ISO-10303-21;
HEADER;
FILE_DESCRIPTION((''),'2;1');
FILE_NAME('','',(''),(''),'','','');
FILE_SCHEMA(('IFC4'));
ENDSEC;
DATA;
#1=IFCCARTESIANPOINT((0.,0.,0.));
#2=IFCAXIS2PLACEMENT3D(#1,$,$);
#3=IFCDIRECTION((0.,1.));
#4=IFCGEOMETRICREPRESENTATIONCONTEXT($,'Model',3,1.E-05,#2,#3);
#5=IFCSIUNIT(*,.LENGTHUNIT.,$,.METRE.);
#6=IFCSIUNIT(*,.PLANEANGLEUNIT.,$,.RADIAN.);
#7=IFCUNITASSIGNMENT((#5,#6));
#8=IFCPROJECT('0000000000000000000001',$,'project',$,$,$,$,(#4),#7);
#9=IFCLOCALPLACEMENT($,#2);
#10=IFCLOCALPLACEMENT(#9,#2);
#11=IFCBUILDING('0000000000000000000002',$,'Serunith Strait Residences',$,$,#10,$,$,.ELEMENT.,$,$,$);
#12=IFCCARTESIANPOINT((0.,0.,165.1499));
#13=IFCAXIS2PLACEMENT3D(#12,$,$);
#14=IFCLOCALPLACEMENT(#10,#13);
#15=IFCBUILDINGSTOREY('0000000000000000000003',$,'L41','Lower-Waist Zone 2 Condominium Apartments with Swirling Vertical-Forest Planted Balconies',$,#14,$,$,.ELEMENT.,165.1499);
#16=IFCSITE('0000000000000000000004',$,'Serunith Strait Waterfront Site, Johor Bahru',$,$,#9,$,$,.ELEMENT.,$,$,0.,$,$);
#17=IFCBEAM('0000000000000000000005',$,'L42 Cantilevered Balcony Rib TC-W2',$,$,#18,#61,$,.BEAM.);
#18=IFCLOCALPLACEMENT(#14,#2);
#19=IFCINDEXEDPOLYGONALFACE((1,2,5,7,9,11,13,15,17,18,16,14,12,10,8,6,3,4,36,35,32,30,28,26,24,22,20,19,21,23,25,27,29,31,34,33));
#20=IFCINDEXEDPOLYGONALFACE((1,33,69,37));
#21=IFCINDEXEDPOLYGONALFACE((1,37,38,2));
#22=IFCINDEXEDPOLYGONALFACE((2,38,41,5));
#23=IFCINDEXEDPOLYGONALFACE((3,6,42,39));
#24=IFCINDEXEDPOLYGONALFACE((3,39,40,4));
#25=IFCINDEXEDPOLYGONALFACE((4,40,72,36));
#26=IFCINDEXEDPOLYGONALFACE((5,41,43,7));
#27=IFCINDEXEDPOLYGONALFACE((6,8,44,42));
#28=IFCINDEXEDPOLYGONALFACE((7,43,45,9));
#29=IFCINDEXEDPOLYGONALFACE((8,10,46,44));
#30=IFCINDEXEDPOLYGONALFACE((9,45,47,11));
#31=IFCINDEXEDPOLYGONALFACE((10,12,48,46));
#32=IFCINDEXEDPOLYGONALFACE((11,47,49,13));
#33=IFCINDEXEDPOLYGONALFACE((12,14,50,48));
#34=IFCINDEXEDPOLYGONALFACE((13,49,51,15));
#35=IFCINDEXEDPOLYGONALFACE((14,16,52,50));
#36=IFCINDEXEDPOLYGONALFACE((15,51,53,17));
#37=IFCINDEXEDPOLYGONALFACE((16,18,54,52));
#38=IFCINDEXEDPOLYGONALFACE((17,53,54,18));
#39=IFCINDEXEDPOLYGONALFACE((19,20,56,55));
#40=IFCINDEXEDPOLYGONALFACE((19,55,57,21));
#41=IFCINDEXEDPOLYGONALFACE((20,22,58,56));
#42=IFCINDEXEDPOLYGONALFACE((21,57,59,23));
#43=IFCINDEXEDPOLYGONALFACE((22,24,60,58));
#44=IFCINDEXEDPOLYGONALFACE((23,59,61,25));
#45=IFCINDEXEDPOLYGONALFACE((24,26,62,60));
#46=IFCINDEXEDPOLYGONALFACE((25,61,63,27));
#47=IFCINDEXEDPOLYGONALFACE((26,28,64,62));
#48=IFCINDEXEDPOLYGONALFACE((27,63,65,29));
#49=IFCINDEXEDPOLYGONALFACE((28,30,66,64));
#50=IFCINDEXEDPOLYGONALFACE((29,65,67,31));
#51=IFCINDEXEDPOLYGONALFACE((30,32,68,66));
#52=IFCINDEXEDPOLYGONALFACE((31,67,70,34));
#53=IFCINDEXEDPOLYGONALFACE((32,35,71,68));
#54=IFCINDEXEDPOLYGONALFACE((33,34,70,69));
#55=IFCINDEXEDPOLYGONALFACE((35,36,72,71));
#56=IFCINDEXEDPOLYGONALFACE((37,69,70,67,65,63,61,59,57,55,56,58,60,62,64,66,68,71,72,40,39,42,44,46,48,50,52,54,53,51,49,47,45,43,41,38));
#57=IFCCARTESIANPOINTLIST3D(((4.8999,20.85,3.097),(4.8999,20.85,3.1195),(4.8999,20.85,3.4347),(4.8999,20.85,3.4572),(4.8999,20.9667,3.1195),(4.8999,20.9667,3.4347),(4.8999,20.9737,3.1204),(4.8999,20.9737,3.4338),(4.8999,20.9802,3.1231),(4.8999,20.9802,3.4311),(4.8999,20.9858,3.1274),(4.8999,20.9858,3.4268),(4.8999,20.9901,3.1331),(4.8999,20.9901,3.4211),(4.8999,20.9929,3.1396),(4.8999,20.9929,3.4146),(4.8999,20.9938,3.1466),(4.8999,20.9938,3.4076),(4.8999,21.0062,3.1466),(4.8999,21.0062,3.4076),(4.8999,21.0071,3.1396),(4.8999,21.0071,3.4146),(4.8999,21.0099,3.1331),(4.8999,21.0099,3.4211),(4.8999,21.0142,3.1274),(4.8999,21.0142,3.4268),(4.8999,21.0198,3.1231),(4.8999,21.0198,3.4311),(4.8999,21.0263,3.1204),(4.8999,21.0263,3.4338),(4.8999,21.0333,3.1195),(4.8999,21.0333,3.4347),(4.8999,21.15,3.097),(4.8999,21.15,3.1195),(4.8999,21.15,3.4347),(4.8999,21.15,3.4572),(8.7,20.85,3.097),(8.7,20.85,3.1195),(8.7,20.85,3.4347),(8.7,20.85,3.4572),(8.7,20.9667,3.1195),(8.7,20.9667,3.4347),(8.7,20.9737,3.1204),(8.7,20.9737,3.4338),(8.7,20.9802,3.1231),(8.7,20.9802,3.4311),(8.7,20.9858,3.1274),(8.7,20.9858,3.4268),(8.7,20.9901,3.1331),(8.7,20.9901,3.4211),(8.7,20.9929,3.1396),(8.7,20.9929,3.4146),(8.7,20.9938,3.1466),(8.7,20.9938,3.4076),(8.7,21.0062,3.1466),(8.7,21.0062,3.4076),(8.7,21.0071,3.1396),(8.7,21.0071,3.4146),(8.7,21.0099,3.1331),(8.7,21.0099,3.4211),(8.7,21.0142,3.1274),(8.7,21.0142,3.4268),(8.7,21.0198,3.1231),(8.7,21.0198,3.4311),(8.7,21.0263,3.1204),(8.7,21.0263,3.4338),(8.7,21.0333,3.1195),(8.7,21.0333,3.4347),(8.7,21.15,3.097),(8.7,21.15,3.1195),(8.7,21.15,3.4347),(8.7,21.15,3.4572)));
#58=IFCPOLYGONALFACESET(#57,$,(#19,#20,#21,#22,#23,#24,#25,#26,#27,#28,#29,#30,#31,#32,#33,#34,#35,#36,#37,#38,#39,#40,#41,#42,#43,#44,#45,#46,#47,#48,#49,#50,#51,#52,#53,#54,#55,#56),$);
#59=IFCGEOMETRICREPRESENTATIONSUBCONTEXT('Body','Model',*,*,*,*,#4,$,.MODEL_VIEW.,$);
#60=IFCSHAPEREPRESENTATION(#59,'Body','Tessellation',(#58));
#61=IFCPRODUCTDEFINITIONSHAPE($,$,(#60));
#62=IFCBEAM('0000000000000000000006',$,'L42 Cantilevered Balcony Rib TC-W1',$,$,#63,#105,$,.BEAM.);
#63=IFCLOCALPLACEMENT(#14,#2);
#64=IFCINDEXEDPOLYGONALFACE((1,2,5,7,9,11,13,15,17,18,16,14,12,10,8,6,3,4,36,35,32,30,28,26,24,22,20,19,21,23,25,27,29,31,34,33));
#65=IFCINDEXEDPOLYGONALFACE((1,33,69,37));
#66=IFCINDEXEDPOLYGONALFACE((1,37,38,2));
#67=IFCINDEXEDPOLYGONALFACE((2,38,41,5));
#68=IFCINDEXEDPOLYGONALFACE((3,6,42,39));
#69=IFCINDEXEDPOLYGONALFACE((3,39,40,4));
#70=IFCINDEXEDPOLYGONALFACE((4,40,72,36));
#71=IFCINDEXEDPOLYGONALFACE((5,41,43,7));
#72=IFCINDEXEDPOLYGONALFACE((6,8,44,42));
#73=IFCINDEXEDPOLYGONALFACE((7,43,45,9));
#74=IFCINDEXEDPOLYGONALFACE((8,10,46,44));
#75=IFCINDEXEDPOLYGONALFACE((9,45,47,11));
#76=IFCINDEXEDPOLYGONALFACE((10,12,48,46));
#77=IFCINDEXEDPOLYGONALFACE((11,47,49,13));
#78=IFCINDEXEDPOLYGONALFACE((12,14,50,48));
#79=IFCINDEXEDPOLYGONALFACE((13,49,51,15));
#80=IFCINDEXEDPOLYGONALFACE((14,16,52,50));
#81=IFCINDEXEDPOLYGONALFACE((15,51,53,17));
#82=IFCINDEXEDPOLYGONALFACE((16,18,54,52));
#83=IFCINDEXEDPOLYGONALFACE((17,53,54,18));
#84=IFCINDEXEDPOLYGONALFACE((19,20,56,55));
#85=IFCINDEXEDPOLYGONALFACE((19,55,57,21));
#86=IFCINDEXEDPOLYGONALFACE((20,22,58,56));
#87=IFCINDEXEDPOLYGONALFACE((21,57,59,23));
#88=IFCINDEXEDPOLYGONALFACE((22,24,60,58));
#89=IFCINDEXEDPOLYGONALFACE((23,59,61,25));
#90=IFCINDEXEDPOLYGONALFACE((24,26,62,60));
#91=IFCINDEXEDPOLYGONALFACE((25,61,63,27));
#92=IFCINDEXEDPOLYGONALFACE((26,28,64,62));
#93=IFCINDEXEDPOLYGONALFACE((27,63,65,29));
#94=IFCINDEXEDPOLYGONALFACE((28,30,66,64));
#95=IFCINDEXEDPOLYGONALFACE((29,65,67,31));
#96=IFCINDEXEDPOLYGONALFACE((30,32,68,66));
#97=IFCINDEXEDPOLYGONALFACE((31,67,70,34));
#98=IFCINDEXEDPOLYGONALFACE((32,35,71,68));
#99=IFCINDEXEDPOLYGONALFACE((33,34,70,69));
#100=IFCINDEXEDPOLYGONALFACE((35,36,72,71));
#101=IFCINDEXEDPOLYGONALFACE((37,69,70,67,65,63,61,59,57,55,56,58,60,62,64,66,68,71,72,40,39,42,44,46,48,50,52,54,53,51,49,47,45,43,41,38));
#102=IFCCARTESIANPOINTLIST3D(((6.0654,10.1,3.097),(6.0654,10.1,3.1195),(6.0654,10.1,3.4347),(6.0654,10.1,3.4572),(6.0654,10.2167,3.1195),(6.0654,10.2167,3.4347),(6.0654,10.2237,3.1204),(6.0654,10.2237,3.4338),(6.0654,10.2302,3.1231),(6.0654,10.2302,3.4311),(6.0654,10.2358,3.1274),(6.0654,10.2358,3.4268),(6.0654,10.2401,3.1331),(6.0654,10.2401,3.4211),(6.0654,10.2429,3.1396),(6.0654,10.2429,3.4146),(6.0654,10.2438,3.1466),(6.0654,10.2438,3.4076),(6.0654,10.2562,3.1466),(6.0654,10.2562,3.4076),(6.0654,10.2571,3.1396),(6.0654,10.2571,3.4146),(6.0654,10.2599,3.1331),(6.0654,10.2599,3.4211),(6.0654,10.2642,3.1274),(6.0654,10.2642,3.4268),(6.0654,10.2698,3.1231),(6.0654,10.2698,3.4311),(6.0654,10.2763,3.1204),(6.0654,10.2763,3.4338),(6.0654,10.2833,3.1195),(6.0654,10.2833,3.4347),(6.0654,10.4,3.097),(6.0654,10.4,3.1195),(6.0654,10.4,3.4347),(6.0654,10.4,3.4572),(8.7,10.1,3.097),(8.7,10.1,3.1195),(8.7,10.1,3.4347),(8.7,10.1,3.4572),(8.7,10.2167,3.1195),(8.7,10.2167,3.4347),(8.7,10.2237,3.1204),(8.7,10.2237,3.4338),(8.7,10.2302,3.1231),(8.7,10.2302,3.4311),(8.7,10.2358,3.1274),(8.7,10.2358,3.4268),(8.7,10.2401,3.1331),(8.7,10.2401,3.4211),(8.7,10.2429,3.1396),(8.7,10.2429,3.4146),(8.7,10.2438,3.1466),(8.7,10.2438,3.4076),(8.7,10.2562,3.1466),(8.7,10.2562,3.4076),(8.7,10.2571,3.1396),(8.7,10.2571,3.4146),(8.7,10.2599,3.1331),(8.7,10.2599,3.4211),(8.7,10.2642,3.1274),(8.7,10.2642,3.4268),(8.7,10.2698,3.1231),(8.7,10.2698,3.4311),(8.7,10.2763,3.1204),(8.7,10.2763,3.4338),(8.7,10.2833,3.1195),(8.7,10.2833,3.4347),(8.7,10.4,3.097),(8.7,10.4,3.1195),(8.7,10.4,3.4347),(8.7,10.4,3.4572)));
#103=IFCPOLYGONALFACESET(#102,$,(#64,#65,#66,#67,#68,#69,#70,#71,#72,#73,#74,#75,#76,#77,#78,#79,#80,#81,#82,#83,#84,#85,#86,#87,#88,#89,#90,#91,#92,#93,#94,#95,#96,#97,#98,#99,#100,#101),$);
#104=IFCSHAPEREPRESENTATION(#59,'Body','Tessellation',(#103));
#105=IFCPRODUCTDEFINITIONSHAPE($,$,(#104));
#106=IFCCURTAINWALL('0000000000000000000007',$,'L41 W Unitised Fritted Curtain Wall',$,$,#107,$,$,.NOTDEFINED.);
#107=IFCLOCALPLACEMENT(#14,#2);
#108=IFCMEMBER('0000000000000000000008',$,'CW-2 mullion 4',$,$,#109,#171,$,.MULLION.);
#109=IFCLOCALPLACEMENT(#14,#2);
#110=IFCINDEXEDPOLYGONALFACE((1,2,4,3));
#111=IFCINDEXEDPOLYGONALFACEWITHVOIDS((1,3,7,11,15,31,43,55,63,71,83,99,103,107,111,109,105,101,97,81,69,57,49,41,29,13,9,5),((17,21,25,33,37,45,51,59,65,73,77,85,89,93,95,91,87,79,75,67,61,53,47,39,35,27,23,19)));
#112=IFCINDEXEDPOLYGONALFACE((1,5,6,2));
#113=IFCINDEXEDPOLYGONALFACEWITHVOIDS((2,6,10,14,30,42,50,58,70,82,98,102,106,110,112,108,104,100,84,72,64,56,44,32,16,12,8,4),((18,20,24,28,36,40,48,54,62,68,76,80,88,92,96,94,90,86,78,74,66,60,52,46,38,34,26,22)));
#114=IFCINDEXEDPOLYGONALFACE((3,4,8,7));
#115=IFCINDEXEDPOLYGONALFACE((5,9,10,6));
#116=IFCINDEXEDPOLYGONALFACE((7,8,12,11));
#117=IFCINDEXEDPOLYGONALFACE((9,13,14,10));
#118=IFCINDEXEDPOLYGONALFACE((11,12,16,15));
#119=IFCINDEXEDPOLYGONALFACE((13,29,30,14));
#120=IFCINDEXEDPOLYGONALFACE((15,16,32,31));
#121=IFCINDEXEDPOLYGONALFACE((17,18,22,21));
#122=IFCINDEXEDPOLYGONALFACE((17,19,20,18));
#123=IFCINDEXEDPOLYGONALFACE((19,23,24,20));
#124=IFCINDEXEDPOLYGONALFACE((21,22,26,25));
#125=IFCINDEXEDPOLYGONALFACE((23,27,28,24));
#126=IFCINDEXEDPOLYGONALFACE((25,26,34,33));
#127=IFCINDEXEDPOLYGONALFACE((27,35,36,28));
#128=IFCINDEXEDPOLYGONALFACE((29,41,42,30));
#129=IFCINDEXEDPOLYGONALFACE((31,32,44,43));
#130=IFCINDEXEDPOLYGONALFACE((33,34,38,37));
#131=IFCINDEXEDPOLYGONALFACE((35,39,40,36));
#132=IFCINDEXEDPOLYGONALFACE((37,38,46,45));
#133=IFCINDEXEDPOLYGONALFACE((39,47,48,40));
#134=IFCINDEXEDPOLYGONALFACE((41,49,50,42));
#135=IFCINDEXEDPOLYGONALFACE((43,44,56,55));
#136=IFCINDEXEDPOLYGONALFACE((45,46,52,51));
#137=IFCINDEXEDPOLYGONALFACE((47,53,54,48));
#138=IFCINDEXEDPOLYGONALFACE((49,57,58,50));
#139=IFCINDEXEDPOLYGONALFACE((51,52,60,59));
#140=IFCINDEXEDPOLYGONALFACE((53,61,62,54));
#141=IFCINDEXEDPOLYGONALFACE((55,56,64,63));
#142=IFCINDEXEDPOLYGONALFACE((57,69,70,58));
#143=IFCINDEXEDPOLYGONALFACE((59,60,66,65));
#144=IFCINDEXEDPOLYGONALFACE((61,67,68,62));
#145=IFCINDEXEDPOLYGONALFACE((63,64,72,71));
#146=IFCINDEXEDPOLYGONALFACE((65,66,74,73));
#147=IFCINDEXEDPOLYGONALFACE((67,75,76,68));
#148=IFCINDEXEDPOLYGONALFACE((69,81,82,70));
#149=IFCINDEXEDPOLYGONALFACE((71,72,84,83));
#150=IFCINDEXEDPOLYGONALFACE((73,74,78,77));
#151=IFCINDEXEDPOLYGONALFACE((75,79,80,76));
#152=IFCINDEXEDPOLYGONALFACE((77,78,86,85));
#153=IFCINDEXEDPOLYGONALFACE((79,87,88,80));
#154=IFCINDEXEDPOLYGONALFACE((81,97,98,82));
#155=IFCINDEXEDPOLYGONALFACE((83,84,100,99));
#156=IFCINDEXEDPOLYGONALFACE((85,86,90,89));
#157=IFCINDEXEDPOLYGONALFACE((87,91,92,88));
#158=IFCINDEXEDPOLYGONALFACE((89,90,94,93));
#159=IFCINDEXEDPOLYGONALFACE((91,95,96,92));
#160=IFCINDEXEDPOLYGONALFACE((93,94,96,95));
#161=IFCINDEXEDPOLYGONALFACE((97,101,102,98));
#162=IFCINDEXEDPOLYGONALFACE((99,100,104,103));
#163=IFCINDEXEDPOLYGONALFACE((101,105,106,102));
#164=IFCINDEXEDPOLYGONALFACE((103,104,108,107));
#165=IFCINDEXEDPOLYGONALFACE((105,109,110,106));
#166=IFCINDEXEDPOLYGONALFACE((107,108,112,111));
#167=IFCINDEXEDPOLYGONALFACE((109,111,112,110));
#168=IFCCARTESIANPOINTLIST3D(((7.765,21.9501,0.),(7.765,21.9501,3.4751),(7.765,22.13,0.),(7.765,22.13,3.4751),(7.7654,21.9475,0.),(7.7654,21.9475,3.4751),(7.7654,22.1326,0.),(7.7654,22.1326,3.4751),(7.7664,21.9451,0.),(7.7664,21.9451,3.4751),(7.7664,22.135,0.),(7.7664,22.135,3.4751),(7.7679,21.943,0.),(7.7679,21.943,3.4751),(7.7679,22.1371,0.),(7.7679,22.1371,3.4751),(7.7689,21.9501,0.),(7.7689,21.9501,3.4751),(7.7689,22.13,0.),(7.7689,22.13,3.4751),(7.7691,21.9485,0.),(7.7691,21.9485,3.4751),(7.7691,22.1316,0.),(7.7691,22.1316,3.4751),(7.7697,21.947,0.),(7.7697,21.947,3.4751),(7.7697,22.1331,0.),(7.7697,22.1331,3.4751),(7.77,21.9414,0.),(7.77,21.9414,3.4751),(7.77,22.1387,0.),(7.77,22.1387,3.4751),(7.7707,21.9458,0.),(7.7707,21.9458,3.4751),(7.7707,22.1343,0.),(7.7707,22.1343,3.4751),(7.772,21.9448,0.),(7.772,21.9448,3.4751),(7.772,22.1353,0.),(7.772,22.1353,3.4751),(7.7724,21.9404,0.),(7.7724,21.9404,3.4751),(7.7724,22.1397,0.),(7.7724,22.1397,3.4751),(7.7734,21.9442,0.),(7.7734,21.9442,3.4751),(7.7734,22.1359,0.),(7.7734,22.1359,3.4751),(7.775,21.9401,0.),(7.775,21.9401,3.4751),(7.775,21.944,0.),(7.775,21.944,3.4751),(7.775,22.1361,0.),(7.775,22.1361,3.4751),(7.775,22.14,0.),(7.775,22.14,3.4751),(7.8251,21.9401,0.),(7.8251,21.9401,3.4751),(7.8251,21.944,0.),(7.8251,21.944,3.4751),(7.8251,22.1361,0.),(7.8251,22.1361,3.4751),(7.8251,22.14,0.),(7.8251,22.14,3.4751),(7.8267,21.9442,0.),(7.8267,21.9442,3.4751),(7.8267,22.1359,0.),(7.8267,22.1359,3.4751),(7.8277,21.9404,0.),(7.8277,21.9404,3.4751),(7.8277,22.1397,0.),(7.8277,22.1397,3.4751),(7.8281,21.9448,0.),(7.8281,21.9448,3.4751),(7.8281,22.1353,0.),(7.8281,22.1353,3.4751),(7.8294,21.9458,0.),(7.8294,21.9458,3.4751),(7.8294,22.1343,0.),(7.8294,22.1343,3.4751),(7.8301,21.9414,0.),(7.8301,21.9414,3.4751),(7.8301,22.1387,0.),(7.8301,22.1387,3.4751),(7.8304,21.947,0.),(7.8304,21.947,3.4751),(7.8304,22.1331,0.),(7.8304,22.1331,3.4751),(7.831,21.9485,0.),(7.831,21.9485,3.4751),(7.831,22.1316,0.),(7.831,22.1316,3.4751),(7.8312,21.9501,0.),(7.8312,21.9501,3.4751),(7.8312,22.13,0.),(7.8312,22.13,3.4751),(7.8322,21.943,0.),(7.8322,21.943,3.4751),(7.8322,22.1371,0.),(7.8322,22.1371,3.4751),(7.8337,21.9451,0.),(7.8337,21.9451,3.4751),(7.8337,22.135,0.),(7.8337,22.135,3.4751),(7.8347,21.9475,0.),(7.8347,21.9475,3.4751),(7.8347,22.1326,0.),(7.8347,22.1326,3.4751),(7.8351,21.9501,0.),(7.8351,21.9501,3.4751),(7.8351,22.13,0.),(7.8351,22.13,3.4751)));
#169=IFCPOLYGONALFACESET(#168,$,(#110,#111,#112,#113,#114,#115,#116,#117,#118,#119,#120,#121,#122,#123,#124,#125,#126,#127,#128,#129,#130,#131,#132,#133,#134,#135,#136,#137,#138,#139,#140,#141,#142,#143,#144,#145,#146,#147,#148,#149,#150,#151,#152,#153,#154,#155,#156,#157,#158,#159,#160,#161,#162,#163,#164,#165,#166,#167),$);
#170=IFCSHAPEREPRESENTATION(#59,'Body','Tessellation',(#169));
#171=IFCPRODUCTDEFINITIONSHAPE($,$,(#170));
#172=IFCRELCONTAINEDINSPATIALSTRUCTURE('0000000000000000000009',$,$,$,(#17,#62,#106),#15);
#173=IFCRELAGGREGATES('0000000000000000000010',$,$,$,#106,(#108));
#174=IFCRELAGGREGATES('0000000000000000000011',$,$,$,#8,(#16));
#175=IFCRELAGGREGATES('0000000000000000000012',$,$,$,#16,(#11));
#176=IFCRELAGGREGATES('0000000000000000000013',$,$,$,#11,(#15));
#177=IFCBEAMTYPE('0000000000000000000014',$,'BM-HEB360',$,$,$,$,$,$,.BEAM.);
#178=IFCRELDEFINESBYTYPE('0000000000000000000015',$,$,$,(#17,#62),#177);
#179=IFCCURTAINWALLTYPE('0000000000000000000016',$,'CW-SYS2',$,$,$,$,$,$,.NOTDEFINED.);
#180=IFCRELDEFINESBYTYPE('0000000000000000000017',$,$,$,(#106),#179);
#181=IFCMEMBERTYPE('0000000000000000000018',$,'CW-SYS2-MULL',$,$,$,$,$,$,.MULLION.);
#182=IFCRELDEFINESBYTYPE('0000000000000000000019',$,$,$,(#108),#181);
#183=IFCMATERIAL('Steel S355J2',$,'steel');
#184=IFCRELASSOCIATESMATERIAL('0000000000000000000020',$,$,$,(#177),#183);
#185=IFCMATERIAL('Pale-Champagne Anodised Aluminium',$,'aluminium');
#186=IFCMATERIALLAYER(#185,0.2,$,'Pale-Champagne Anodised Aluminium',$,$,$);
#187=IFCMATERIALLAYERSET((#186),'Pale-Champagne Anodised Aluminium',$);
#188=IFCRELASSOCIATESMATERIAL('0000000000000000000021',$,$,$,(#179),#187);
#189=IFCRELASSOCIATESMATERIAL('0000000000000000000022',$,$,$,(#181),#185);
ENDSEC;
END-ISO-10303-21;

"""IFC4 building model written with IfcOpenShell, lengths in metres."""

from ifc_helpers import new_model, si_unit, direction, frame, origin, origin_2d, place, context, subcontext, project, spatial, hollow_rectangle, i_section, extrude, source, transform, mapped, material, layer, layer_set, material_profile, profile_set, type_object, element, aggregate, save


model = new_model("IFC4")

# Units and contexts
model_context = context("Model", 3, precision=1e-05, world=origin(), true_north=direction((0.0, 1.0)))
body_context = subcontext(model_context, "Body", "Model", "MODEL_VIEW")
ifc_project = project(units=[si_unit("LENGTHUNIT", "METRE"), si_unit("PLANEANGLEUNIT", "RADIAN")], contexts=[model_context])

# Site, building, storey
site_placement = place(None, origin())
site = spatial("IfcSite", under=ifc_project, at=site_placement, Name="Serunith Strait Waterfront Site, Johor Bahru", CompositionType="ELEMENT", RefElevation=0.0)
building_placement = place(site_placement, origin())
building = spatial("IfcBuilding", under=site, at=building_placement, Name="Serunith Strait Residences", CompositionType="ELEMENT")
storey_placement = place(building_placement, frame((0.0, 0.0, 165.1499)))
storey = spatial("IfcBuildingStorey", under=building, at=storey_placement, Name="L41", Description="Lower-Waist Zone 2 Condominium Apartments with Swirling Vertical-Forest Planted Balconies", CompositionType="ELEMENT", Elevation=165.1499)

# Beams
ifc_material_1 = material(Name="Steel S355J2", Category="steel")
ifc_material_profile_1 = material_profile(ifc_material_1, i_section(OverallWidth=0.3, OverallDepth=0.3601, WebThickness=0.0125, FlangeThickness=0.0225, FilletRadius=0.0271, at=origin_2d()), Name="HEB 360")
ifc_profile_set_1 = profile_set([ifc_material_profile_1], Name="Steel S355J2")
beam_type_1 = type_object("IfcBeamType", Name="BM-HEB360", PredefinedType="BEAM", material=ifc_profile_set_1)
shared_shape_1 = source(origin(), body_context, "Body", "SweptSolid", [
    extrude(i_section(OverallWidth=0.3, OverallDepth=0.3601, WebThickness=0.0125, FlangeThickness=0.0225, FilletRadius=0.0271, at=origin_2d()), origin(), (0.0, 0.0, 1.0), 3.8),
])
beam_1_placement = place(storey_placement, frame((8.7, 21.0, 3.2771), z_axis=(-1.0, 0.0, 0.0), x_axis=(0.0, -1.0, 0.0)))
element("IfcBeam", 1, at=beam_1_placement, inside=storey, type_object=beam_type_1, Name="L42 Cantilevered Balcony Rib TC-W2", PredefinedType="BEAM", context=body_context, shape_type="MappedRepresentation", body=[
    mapped(shared_shape_1, transform((0.0, 0.0, 0.0), scale=1.0)),
])
shared_shape_2 = source(origin(), body_context, "Body", "SweptSolid", [
    extrude(i_section(OverallWidth=0.3, OverallDepth=0.3601, WebThickness=0.0125, FlangeThickness=0.0225, FilletRadius=0.0271, at=origin_2d()), origin(), (0.0, 0.0, 1.0), 2.6345),
])
beam_2_placement = place(storey_placement, frame((8.7, 10.25, 3.2771), z_axis=(-1.0, 0.0, 0.0), x_axis=(0.0, -1.0, 0.0)))
element("IfcBeam", 2, at=beam_2_placement, inside=storey, type_object=beam_type_1, Name="L42 Cantilevered Balcony Rib TC-W1", PredefinedType="BEAM", context=body_context, shape_type="MappedRepresentation", body=[
    mapped(shared_shape_2, transform((0.0, 0.0, 0.0), scale=1.0)),
])

# Curtain wall, member
ifc_material_2 = material(Name="Pale-Champagne Anodised Aluminium", Category="aluminium")
ifc_layer_1 = layer(ifc_material_2, 0.2, Name="Pale-Champagne Anodised Aluminium")
ifc_layer_set_1 = layer_set([ifc_layer_1], Name="Pale-Champagne Anodised Aluminium")
curtain_wall_type = type_object("IfcCurtainWallType", Name="CW-SYS2", PredefinedType="NOTDEFINED", material=ifc_layer_set_1)
curtain_wall_placement = place(storey_placement, origin())
curtain_wall = element("IfcCurtainWall", 3, at=curtain_wall_placement, inside=storey, type_object=curtain_wall_type, Name="L41 W Unitised Fritted Curtain Wall", PredefinedType="NOTDEFINED")
ifc_material_profile_2 = material_profile(ifc_material_2, hollow_rectangle(XDim=0.0701, YDim=0.2, WallThickness=0.0039, InnerFilletRadius=0.0061, OuterFilletRadius=0.01, at=origin_2d()), Name="ALU 200x70x4")
ifc_profile_set_2 = profile_set([ifc_material_profile_2], Name="Pale-Champagne Anodised Aluminium")
member_type_1 = type_object("IfcMemberType", Name="CW-SYS2-MULL", PredefinedType="MULLION", material=ifc_profile_set_2)
shared_shape_3 = source(origin(), body_context, "Body", "SweptSolid", [
    extrude(hollow_rectangle(XDim=0.0701, YDim=0.2, WallThickness=0.0039, InnerFilletRadius=0.0061, OuterFilletRadius=0.01, at=origin_2d()), origin(), (0.0, 0.0, 1.0), 3.4751),
])
member_1_placement = place(storey_placement, frame((7.8, 22.04, 0.0), z_axis=(0.0, 0.0, 1.0), x_axis=(1.0, 0.0, 0.0)))
member_1 = element("IfcMember", 4, at=member_1_placement, type_object=member_type_1, Name="CW-2 mullion 4", PredefinedType="MULLION", context=body_context, shape_type="MappedRepresentation", body=[
    mapped(shared_shape_3, transform((0.0, 0.0, 0.0), scale=1.0)),
])
aggregate(curtain_wall, [member_1])

save(model, "model.ifc")
